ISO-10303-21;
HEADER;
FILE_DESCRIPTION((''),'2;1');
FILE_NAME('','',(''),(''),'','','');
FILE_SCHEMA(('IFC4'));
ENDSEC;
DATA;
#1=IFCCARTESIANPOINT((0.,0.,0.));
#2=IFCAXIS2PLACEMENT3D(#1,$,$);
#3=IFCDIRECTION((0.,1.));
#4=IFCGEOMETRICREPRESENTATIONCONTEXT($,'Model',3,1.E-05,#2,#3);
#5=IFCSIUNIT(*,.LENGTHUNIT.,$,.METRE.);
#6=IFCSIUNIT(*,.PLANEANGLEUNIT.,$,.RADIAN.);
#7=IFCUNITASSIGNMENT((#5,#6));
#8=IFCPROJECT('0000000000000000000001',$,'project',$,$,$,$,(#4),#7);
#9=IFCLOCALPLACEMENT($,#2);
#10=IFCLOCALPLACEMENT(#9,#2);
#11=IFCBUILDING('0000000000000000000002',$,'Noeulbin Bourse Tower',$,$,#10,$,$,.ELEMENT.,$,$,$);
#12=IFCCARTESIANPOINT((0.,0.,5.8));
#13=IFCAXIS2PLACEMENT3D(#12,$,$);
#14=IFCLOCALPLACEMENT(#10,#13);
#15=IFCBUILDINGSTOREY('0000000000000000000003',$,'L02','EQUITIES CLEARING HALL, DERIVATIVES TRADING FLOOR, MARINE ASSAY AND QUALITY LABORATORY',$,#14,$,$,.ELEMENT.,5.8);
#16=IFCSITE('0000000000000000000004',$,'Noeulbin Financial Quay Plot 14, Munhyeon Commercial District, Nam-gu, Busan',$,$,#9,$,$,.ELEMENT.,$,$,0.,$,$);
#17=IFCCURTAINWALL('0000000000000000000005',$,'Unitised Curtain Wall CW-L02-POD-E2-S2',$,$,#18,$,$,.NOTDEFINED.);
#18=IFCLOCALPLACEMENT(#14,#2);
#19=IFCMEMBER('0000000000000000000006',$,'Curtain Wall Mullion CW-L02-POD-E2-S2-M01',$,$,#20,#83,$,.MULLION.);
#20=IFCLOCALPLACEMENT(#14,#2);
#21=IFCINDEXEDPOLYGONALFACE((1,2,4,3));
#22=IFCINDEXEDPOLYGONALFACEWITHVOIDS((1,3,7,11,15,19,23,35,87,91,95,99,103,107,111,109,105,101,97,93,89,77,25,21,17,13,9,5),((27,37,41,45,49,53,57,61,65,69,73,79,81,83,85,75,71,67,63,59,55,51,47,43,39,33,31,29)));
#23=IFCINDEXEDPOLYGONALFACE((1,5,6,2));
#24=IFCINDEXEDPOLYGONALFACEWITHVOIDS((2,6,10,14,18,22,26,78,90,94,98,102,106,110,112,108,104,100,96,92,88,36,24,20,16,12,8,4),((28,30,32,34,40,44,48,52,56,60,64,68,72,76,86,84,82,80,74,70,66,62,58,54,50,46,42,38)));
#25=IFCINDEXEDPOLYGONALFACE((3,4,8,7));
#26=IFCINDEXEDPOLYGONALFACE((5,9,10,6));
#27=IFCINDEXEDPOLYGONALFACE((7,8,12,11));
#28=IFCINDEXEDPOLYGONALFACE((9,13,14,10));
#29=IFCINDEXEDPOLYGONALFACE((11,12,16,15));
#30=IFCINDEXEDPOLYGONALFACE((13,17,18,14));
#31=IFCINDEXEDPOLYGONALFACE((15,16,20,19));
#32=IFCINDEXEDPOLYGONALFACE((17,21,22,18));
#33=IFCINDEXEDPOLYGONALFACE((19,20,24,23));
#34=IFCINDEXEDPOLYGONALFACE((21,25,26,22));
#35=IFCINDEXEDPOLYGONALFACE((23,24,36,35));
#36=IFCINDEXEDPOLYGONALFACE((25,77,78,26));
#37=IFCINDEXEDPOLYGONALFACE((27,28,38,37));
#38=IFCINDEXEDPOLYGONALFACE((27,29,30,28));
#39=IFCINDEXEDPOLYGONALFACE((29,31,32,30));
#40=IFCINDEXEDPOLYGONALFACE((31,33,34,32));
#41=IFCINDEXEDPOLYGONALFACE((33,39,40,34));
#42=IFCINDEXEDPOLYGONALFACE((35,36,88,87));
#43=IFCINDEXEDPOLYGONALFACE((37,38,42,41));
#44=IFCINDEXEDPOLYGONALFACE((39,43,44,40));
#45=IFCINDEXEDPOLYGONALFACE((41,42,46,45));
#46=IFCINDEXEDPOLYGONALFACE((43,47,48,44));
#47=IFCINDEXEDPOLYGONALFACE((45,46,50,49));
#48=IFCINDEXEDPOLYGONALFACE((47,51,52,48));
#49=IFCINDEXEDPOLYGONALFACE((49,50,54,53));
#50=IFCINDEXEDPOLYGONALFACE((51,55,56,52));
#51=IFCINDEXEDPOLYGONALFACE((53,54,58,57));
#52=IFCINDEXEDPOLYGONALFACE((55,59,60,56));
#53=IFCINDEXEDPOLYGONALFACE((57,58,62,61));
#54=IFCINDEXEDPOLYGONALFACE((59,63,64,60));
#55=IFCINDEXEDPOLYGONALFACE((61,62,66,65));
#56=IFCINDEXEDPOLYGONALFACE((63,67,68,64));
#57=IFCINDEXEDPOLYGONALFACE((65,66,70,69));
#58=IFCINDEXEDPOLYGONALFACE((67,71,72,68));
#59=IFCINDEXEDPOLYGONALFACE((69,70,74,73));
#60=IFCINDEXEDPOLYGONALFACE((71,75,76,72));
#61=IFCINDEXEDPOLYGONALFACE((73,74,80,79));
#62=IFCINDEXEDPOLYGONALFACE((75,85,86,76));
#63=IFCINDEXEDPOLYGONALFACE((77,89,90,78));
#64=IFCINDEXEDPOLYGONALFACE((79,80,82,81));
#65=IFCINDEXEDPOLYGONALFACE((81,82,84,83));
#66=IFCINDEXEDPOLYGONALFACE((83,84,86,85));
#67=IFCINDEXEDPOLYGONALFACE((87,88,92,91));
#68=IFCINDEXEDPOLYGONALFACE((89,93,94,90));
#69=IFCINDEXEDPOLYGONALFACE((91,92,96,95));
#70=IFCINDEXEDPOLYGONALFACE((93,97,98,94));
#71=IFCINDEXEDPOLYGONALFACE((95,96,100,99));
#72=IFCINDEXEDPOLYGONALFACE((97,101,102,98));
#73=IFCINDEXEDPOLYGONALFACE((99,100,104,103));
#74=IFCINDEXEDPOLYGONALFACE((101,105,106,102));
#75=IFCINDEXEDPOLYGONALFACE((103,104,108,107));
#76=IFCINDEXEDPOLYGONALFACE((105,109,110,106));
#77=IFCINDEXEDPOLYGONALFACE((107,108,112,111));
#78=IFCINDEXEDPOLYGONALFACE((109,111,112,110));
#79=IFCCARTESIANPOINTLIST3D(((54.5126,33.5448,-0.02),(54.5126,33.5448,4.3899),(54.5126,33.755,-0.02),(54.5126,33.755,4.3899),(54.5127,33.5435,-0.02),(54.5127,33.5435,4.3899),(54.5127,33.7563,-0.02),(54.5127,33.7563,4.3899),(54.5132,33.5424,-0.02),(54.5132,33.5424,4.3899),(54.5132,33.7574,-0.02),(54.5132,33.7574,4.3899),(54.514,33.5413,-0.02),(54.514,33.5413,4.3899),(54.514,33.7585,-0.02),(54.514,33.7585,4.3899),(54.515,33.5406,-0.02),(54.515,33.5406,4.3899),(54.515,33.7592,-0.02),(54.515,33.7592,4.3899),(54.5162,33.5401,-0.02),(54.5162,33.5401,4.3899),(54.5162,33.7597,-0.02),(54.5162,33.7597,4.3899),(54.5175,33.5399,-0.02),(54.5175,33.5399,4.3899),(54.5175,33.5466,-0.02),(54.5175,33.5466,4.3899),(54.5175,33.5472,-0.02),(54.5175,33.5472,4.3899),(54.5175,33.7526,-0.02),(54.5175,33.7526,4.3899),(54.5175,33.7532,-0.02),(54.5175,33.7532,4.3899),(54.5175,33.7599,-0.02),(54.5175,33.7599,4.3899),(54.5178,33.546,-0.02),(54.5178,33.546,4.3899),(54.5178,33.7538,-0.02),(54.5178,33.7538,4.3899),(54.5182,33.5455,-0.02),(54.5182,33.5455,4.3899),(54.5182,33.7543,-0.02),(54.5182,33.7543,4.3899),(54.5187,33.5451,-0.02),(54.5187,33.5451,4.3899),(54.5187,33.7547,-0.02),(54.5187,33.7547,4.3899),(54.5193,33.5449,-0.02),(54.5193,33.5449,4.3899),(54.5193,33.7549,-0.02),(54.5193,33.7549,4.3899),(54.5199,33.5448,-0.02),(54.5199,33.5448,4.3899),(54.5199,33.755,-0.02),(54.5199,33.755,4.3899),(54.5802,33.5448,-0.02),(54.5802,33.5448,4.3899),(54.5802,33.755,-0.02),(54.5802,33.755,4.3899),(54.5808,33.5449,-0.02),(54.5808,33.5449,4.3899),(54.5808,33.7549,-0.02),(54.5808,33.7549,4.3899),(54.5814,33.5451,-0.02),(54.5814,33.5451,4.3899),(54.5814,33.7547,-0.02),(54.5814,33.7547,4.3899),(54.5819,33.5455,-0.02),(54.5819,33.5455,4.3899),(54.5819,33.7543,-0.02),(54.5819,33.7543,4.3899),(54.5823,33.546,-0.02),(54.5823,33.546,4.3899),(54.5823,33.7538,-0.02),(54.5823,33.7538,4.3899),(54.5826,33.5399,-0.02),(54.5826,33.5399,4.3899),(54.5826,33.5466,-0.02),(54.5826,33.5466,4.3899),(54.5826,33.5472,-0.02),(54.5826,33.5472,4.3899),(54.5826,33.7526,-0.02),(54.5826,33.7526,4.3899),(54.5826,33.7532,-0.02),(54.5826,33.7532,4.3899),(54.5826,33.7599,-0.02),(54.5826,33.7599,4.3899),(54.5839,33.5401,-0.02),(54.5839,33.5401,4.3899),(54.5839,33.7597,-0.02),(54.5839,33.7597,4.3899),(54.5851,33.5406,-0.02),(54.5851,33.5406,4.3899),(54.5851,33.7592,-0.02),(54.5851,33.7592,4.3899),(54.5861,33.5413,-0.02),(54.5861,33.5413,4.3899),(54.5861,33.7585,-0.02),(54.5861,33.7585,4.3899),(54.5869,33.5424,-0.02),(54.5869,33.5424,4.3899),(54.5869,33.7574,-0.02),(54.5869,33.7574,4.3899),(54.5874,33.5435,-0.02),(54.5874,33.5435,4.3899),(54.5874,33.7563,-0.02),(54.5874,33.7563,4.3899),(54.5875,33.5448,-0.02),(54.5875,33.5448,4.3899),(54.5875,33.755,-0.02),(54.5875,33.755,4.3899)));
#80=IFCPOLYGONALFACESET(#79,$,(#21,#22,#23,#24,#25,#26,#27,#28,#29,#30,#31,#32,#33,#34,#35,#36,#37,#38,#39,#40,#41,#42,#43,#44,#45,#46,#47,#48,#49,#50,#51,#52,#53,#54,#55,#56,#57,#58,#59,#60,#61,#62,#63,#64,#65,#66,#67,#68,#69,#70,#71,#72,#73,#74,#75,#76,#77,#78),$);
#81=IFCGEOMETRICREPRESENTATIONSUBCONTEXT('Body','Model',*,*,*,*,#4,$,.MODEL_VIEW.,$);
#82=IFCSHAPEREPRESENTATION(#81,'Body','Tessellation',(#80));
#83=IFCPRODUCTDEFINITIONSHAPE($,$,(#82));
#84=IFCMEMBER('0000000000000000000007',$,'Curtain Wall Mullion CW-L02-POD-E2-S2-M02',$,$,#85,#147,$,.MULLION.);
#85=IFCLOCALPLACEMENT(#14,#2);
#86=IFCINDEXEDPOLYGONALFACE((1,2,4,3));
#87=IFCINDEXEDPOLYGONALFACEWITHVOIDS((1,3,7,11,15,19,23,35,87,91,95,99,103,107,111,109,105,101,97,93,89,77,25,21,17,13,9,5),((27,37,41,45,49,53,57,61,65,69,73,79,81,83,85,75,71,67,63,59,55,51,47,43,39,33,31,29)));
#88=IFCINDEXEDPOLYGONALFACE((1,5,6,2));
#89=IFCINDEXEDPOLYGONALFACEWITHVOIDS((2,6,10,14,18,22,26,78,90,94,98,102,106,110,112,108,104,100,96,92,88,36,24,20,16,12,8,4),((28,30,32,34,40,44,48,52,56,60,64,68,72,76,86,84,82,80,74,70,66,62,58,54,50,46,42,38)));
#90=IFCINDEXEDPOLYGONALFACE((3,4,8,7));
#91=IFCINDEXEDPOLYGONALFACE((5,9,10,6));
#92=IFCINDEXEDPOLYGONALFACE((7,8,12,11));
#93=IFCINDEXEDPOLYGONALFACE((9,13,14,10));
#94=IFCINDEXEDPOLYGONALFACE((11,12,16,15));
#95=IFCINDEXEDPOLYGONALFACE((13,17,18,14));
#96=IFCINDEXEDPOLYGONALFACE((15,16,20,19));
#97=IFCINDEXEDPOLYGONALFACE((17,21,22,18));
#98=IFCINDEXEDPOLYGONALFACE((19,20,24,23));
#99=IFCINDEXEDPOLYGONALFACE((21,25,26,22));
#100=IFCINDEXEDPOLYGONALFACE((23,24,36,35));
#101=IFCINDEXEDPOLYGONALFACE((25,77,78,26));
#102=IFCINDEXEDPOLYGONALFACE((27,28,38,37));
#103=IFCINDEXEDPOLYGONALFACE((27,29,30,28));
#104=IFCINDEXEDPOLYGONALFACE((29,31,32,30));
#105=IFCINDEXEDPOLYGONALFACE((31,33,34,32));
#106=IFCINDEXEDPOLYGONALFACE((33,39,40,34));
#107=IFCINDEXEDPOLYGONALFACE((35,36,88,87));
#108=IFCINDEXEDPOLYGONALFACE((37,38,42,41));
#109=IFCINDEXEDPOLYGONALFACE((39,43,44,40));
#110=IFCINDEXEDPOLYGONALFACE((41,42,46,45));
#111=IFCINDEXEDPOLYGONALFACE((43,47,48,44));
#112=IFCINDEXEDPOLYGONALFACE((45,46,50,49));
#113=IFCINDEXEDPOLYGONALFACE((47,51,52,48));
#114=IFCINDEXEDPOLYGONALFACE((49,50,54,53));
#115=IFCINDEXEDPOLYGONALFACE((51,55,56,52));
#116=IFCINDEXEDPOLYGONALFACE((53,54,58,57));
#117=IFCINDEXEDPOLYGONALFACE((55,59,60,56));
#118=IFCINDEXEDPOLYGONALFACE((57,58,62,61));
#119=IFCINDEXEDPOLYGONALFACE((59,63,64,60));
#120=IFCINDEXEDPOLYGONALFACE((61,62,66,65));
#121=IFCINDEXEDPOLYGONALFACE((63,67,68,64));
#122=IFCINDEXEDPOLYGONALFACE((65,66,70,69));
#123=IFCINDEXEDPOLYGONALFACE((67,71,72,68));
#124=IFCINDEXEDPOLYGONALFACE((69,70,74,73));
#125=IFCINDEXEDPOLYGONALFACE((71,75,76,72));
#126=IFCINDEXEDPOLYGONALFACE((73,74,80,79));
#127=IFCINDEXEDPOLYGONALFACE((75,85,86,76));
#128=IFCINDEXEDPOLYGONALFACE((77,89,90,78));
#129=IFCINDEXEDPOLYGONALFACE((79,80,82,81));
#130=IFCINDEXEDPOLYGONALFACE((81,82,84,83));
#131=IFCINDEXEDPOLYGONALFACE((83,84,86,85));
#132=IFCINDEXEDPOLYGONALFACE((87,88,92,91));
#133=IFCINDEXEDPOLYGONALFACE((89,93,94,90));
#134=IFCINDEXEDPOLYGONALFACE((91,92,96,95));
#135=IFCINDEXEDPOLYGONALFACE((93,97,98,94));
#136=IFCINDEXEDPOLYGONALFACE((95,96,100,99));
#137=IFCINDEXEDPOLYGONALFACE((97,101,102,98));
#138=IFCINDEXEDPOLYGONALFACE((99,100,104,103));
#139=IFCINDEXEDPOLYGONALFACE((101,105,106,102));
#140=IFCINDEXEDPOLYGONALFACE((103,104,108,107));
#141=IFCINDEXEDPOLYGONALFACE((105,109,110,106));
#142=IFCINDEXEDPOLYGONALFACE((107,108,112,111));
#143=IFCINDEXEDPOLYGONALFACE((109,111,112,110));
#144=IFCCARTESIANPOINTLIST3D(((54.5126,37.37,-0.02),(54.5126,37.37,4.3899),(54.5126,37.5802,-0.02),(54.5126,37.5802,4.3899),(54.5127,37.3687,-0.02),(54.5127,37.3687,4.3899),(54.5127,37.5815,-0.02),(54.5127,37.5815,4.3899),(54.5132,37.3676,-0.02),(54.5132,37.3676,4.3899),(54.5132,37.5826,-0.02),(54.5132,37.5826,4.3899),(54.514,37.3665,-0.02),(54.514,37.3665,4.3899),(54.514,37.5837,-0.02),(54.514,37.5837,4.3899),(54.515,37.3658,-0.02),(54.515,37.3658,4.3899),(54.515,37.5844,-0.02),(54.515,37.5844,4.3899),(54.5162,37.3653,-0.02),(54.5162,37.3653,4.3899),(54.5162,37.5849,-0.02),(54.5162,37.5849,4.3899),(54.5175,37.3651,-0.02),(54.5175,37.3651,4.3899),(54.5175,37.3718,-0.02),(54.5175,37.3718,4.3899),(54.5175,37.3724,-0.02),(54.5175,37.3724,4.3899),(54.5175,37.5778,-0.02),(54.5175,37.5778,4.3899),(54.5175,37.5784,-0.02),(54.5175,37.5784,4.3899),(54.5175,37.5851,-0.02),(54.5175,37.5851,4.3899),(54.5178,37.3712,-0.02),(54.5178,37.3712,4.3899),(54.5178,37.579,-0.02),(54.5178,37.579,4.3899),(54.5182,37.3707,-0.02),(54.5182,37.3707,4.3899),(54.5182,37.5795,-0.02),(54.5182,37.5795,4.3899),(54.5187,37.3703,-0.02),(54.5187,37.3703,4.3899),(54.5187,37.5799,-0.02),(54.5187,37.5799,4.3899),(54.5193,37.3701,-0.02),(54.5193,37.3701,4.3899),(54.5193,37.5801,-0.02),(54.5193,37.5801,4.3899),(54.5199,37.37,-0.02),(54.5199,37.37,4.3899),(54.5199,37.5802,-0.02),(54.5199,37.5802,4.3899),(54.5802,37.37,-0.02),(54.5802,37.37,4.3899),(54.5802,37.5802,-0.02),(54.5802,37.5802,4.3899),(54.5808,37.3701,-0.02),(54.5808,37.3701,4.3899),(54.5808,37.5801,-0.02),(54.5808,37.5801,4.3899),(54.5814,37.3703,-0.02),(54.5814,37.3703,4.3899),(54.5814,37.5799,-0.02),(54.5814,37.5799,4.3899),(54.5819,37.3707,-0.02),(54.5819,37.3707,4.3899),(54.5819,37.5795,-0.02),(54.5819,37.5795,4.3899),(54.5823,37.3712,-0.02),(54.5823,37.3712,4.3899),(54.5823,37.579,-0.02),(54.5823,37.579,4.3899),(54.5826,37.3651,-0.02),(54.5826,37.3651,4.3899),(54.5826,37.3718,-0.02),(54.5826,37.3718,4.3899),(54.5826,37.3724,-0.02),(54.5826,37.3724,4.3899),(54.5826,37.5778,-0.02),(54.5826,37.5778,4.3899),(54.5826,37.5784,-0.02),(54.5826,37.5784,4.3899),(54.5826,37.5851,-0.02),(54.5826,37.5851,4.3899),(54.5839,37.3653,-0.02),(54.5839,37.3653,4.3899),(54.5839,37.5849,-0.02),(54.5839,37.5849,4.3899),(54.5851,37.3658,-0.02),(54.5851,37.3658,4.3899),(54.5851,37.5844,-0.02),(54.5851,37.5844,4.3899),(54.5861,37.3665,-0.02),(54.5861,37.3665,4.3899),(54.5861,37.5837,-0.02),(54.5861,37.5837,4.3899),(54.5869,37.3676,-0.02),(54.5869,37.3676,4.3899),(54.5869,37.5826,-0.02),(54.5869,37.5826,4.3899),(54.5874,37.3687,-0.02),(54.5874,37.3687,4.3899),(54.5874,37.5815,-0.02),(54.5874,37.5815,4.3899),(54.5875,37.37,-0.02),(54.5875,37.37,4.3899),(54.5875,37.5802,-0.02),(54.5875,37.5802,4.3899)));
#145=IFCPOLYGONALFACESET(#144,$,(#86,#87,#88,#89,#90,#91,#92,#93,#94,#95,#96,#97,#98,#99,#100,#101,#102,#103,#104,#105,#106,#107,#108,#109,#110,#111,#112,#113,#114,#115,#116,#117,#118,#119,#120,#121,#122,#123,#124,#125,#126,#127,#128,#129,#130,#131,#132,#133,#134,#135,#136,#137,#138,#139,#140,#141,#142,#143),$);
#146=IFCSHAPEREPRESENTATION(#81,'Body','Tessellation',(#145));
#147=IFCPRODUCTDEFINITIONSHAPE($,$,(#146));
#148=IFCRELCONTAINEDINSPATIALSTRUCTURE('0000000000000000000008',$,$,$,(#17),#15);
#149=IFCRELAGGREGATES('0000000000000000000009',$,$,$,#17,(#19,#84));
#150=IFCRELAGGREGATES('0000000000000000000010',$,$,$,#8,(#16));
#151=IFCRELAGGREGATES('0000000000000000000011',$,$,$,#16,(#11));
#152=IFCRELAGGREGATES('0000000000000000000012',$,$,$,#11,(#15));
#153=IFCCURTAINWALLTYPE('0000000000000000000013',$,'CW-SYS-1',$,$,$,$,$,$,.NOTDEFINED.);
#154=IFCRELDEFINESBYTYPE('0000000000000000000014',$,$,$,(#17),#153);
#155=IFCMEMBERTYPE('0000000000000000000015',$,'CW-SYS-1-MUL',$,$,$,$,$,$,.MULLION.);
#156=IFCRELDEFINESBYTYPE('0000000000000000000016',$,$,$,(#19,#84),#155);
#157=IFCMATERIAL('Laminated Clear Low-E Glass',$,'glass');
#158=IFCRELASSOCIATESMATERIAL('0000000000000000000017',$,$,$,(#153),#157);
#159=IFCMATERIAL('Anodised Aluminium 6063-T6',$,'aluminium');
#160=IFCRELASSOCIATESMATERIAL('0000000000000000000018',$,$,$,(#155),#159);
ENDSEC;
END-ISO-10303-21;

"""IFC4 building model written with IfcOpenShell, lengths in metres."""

from ifc_helpers import new_model, si_unit, direction, frame, origin, origin_2d, place, context, subcontext, project, spatial, hollow_rectangle, extrude, material, material_profile, profile_set, type_object, element, aggregate, save


model = new_model("IFC4")

# Units and contexts
model_context = context("Model", 3, precision=1e-05, world=origin(), true_north=direction((0.0, 1.0)))
body_context = subcontext(model_context, "Body", "Model", "MODEL_VIEW")
ifc_project = project(units=[si_unit("LENGTHUNIT", "METRE"), si_unit("PLANEANGLEUNIT", "RADIAN")], contexts=[model_context])

# Site, building, storey
site_placement = place(None, origin())
site = spatial("IfcSite", under=ifc_project, at=site_placement, Name="Noeulbin Financial Quay Plot 14, Munhyeon Commercial District, Nam-gu, Busan", CompositionType="ELEMENT", RefElevation=0.0)
building_placement = place(site_placement, origin())
building = spatial("IfcBuilding", under=site, at=building_placement, Name="Noeulbin Bourse Tower", CompositionType="ELEMENT")
storey_placement = place(building_placement, frame((0.0, 0.0, 5.8)))
storey = spatial("IfcBuildingStorey", under=building, at=storey_placement, Name="L02", Description="EQUITIES CLEARING HALL, DERIVATIVES TRADING FLOOR, MARINE ASSAY AND QUALITY LABORATORY", CompositionType="ELEMENT", Elevation=5.8)

# Curtain wall, members
ifc_material_1 = material(Name="Laminated Clear Low-E Glass", Category="glass")
curtain_wall_type = type_object("IfcCurtainWallType", Name="CW-SYS-1", PredefinedType="NOTDEFINED", material=ifc_material_1)
ifc_material_2 = material(Name="Anodised Aluminium 6063-T6", Category="aluminium")
ifc_material_profile_1 = material_profile(ifc_material_2, hollow_rectangle(XDim=0.075, YDim=0.22, WallThickness=0.0049, InnerFilletRadius=0.0024, OuterFilletRadius=0.0049, at=origin_2d()), Name="ALU-MULL-75x220x5", Category="LoadBearing")
ifc_profile_set_1 = profile_set([ifc_material_profile_1], Name="Anodised Aluminium 6063-T6")
member_type_1 = type_object("IfcMemberType", Name="CW-SYS-1-MUL", PredefinedType="MULLION", material=ifc_profile_set_1)
curtain_wall_1_placement = place(storey_placement, origin())
curtain_wall_1 = element("IfcCurtainWall", 1, at=curtain_wall_1_placement, inside=storey, type_object=curtain_wall_type, Name="Unitised Curtain Wall CW-L02-POD-E2-S2", PredefinedType="NOTDEFINED")
member_1_placement = place(storey_placement, frame((54.55, 33.6499, -0.02), z_axis=(0.0, 0.0, 1.0), x_axis=(1.0, 0.0, 0.0)))
member_1 = element("IfcMember", 2, at=member_1_placement, type_object=member_type_1, Name="Curtain Wall Mullion CW-L02-POD-E2-S2-M01", PredefinedType="MULLION", context=body_context, shape_type="SweptSolid", body=[
    extrude(hollow_rectangle(XDim=0.075, YDim=0.22, WallThickness=0.0049, InnerFilletRadius=0.0024, OuterFilletRadius=0.0049, at=origin_2d()), origin(), (0.0, 0.0, 1.0), 4.4099),
])
member_2_placement = place(storey_placement, frame((54.55, 37.4751, -0.02), z_axis=(0.0, 0.0, 1.0), x_axis=(1.0, 0.0, 0.0)))
member_2 = element("IfcMember", 3, at=member_2_placement, type_object=member_type_1, Name="Curtain Wall Mullion CW-L02-POD-E2-S2-M02", PredefinedType="MULLION", context=body_context, shape_type="SweptSolid", body=[
    extrude(hollow_rectangle(XDim=0.075, YDim=0.22, WallThickness=0.0049, InnerFilletRadius=0.0024, OuterFilletRadius=0.0049, at=origin_2d()), origin(), (0.0, 0.0, 1.0), 4.4099),
])

aggregate(curtain_wall_1, [member_1, member_2])

save(model, "model.ifc")
